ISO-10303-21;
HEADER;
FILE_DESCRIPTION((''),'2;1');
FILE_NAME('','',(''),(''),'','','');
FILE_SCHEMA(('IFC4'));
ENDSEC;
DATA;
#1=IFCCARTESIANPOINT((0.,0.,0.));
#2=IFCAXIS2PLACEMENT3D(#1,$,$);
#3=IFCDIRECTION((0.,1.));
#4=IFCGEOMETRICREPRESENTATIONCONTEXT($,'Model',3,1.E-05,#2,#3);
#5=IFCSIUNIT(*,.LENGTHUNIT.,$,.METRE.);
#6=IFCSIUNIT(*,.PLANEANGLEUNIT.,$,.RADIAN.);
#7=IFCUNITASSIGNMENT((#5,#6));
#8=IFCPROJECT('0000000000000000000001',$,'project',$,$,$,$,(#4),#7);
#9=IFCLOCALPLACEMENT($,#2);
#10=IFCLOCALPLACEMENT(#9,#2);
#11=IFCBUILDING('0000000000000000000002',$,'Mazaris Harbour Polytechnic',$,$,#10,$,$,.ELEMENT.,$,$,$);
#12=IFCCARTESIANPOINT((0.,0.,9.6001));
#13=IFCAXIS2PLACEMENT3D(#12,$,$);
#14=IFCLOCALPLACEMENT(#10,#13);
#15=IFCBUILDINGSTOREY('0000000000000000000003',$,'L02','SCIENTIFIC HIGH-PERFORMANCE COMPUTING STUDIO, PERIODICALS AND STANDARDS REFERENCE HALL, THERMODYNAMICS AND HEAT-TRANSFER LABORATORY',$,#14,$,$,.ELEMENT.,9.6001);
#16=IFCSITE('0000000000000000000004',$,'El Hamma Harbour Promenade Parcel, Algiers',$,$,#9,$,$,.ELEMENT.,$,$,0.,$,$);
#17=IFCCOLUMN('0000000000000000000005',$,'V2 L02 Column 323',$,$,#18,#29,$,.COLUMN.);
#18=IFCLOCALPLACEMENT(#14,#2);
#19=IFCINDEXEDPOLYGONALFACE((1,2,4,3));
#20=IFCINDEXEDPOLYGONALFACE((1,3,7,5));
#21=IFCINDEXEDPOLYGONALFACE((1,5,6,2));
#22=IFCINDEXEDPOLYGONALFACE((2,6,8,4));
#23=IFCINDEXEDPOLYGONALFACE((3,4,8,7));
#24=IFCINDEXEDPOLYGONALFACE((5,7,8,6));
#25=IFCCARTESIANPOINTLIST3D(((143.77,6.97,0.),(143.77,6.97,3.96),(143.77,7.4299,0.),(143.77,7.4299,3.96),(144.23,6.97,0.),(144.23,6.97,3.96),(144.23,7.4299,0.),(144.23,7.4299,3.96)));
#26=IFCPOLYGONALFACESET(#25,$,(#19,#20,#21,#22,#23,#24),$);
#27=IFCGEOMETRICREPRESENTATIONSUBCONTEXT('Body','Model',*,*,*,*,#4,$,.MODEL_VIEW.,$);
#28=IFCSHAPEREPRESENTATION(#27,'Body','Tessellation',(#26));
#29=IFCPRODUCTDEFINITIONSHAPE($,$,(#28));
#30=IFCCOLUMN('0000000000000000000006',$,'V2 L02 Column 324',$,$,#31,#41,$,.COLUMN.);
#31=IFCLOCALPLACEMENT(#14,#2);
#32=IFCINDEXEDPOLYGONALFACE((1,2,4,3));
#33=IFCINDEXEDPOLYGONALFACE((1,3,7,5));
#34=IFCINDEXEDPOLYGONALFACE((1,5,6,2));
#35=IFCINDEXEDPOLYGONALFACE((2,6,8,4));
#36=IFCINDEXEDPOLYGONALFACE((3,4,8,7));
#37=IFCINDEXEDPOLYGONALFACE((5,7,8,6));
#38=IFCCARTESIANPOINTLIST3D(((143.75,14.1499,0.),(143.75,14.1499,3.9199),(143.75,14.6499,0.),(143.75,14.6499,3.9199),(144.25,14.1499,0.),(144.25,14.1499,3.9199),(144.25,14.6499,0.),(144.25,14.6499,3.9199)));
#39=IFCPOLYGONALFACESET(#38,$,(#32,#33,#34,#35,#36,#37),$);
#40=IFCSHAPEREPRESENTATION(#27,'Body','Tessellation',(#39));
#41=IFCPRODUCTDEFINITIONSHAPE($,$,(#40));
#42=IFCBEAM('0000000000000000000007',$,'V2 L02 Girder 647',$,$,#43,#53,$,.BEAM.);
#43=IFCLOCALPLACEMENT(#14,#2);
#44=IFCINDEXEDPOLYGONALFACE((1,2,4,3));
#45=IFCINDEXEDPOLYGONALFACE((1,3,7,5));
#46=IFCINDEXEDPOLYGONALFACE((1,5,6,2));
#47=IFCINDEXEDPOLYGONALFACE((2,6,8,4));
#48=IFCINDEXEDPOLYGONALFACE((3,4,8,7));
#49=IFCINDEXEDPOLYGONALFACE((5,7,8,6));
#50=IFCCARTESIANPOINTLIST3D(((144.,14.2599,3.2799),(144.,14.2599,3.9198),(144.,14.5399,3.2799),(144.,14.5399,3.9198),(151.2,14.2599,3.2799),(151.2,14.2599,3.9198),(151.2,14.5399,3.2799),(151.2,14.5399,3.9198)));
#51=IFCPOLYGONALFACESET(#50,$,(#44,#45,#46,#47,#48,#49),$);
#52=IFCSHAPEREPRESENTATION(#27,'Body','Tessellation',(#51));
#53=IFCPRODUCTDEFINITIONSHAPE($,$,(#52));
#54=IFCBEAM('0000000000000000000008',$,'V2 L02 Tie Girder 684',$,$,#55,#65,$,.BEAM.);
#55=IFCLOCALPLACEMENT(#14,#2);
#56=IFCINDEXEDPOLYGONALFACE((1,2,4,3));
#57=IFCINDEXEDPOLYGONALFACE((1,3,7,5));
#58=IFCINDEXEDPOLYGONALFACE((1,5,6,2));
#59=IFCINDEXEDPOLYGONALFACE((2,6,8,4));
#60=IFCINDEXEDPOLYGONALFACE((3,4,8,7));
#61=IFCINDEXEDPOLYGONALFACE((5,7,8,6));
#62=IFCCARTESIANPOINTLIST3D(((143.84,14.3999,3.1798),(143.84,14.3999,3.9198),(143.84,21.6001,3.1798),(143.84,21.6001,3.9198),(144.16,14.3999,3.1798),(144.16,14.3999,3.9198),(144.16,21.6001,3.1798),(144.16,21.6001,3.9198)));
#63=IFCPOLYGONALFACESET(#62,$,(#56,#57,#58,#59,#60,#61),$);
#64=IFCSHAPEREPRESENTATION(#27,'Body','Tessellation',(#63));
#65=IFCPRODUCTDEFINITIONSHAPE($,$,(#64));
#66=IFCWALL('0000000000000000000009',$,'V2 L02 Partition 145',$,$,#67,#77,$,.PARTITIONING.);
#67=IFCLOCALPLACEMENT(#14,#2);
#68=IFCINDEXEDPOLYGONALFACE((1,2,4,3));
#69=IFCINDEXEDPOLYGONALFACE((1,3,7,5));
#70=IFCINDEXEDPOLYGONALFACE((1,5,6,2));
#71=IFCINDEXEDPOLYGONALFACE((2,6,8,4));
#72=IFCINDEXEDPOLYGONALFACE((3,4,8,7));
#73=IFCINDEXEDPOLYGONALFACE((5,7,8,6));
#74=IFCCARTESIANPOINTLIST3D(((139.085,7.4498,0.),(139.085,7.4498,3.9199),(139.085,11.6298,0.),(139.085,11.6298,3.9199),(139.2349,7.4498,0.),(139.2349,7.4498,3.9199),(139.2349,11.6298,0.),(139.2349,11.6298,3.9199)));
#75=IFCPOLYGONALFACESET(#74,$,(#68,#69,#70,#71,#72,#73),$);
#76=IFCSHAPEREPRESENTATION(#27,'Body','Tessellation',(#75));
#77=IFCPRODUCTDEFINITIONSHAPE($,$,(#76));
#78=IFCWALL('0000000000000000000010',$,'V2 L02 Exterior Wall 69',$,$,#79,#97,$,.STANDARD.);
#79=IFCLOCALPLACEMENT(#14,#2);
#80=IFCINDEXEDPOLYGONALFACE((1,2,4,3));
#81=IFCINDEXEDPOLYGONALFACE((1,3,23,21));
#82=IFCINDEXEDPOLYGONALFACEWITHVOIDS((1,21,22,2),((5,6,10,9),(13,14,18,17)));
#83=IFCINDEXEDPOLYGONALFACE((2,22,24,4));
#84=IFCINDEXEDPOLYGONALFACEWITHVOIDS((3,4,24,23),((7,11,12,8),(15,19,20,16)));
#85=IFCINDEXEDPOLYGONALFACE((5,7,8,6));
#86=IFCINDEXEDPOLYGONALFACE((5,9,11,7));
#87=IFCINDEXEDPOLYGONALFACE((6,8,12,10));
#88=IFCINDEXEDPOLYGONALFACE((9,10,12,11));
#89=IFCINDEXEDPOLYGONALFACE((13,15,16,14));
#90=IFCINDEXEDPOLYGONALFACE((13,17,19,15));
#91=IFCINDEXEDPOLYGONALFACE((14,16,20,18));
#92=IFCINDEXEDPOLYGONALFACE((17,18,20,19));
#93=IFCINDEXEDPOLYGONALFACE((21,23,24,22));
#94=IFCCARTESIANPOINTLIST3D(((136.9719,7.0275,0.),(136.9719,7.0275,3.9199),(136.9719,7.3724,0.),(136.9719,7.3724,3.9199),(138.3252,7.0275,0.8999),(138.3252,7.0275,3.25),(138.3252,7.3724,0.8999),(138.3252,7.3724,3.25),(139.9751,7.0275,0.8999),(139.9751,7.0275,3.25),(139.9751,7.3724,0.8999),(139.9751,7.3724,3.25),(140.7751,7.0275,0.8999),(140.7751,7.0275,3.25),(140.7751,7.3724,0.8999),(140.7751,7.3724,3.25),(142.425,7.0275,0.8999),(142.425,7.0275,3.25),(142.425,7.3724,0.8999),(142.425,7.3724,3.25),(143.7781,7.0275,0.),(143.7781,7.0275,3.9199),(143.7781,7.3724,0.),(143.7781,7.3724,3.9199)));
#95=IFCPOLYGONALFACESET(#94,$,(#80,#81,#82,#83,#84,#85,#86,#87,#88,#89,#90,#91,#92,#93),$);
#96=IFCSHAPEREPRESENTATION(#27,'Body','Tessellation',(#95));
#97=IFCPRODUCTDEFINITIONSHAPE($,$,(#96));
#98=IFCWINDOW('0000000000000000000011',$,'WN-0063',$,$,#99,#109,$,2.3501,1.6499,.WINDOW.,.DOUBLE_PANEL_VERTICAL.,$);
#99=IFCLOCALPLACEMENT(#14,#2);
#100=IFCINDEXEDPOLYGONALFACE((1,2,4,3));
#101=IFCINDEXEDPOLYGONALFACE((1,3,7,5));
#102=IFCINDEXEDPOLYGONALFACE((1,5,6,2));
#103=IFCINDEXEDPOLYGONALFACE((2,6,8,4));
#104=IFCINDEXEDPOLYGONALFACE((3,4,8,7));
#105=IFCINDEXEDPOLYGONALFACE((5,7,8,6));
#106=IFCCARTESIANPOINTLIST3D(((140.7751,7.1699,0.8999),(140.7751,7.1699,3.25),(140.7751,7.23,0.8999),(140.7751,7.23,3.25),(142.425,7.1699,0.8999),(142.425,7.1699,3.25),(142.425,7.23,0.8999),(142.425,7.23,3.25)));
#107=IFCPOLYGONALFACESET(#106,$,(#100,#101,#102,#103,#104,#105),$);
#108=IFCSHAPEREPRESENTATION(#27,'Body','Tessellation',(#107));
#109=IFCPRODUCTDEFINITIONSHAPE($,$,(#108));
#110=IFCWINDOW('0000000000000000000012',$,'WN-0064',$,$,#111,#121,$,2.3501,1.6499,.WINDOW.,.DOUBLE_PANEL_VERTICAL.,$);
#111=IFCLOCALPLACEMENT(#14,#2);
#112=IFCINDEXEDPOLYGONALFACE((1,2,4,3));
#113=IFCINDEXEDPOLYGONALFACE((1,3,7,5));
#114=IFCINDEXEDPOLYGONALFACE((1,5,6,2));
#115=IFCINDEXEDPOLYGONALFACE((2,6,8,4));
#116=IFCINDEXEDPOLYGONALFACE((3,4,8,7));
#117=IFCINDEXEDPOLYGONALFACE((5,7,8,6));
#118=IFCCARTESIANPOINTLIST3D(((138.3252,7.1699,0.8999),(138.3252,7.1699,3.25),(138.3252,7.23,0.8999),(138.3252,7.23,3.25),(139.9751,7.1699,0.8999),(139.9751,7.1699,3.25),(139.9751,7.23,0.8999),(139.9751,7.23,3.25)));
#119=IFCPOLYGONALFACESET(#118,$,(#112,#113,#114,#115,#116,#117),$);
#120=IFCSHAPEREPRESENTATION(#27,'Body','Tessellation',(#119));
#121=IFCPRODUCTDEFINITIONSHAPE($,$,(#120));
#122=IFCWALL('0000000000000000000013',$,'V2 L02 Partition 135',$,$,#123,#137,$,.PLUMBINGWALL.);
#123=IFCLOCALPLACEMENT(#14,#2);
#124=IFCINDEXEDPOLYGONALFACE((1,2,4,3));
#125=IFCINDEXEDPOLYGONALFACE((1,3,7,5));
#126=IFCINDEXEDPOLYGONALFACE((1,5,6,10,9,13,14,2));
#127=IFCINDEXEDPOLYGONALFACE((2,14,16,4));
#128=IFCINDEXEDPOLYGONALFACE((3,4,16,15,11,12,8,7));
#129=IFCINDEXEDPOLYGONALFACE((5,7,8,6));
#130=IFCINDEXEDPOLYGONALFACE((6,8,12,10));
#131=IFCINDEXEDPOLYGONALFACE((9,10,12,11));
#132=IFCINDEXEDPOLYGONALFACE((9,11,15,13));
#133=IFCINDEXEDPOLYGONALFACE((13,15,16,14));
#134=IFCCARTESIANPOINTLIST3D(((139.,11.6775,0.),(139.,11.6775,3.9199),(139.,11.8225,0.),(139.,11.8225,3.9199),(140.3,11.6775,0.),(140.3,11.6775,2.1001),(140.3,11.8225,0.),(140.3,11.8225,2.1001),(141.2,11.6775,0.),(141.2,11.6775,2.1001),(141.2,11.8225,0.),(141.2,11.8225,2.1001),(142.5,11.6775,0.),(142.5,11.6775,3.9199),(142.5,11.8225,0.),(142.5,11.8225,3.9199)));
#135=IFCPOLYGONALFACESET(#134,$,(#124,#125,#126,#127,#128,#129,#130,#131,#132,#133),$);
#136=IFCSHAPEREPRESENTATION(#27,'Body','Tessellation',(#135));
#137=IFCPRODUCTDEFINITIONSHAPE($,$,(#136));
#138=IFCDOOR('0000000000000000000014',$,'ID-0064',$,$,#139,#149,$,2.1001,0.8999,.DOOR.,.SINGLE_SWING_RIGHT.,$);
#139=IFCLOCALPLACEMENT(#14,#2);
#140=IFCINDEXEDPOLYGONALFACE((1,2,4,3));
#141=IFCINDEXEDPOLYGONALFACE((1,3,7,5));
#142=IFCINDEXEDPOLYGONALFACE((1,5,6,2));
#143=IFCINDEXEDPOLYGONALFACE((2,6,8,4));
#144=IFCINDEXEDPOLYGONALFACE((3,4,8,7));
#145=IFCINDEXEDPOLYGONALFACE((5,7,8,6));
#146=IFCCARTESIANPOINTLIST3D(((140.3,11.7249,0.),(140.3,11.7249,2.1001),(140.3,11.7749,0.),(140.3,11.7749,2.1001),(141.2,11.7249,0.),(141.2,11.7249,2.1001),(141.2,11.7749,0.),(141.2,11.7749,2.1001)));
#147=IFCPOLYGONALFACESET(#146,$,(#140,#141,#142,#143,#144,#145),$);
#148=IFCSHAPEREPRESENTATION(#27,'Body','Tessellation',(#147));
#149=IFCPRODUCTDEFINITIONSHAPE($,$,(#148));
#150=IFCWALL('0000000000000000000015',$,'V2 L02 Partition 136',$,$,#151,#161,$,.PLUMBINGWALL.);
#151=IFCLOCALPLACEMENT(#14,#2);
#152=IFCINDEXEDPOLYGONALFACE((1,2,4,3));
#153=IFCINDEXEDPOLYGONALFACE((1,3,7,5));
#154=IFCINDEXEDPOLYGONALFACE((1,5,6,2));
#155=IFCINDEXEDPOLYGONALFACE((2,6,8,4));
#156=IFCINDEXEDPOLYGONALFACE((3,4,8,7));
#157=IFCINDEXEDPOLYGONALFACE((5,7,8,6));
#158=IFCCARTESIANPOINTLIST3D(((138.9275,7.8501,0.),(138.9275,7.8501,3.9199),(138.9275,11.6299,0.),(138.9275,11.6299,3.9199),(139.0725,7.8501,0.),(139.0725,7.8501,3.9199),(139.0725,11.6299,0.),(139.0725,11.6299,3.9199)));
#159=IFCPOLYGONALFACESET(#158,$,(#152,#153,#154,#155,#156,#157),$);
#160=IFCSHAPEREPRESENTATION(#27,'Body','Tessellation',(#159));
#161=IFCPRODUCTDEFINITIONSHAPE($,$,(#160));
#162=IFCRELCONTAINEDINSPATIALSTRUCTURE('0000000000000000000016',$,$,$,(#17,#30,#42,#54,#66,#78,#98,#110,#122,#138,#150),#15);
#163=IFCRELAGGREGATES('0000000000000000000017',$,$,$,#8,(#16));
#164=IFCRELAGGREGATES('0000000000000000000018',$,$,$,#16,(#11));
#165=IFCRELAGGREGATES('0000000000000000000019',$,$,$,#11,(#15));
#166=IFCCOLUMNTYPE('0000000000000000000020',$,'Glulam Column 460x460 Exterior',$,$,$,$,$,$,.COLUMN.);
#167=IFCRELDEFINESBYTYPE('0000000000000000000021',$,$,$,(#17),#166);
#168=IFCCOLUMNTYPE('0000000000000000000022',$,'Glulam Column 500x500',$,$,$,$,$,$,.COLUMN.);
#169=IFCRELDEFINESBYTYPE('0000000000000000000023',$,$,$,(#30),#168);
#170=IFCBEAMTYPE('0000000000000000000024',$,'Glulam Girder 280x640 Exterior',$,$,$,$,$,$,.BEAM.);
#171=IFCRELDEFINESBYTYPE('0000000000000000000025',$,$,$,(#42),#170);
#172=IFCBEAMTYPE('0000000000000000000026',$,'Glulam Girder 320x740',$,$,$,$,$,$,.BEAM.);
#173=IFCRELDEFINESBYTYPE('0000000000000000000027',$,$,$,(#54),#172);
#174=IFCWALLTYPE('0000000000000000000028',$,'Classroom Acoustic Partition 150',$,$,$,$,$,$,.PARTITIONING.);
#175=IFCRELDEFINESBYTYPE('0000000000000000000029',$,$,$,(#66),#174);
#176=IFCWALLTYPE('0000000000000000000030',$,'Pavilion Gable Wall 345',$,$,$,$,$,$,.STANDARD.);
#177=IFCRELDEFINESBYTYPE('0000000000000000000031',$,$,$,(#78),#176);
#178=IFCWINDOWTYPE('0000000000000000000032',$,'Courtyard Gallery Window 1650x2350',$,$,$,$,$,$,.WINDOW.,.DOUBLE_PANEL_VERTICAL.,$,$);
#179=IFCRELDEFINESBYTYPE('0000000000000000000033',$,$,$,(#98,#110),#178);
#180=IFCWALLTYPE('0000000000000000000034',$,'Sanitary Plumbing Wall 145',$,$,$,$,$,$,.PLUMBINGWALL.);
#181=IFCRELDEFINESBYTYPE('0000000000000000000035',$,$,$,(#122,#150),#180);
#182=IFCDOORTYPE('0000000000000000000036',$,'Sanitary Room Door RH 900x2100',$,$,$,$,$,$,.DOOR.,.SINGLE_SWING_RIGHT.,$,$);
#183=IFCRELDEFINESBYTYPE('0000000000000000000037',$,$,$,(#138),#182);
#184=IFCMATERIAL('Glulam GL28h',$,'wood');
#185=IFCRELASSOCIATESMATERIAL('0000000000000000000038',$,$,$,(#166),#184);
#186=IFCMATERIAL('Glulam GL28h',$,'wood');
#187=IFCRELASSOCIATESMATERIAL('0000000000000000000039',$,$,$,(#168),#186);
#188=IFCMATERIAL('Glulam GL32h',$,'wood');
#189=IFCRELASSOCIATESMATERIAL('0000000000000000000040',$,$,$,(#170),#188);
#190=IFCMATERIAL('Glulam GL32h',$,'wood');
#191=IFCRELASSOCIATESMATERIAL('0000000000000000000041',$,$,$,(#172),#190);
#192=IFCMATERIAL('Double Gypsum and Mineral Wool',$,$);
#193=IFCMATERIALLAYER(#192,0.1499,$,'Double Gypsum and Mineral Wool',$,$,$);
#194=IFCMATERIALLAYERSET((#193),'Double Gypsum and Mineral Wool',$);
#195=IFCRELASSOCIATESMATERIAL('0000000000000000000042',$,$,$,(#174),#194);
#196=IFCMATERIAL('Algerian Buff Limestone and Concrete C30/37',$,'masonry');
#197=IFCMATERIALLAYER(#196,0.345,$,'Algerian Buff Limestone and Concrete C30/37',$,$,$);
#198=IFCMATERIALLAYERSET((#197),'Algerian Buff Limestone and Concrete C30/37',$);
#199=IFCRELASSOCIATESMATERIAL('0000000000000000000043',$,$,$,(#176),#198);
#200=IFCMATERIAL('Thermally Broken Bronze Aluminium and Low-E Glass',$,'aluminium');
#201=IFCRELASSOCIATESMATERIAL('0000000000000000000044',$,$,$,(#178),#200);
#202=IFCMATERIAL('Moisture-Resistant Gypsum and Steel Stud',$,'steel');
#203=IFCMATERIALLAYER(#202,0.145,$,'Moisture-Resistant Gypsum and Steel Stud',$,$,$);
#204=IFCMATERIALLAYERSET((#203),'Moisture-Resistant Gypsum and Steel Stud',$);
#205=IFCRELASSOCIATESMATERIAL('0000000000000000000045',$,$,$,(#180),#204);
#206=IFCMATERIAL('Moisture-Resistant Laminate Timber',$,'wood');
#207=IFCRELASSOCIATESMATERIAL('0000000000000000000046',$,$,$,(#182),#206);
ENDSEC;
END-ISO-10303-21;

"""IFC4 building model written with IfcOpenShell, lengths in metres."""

from ifc_helpers import new_model, si_unit, direction, frame, frame_2d, origin, origin_2d, place, context, subcontext, project, spatial, rectangle, extrude, material, layer, layer_set, material_profile, profile_set, type_object, element, fill, save


model = new_model("IFC4")

# Units and contexts
model_context = context("Model", 3, precision=1e-05, world=origin(), true_north=direction((0.0, 1.0)))
body_context = subcontext(model_context, "Body", "Model", "MODEL_VIEW")
ifc_project = project(units=[si_unit("LENGTHUNIT", "METRE"), si_unit("PLANEANGLEUNIT", "RADIAN")], contexts=[model_context])

# Site, building, storey
site_placement = place(None, origin())
site = spatial("IfcSite", under=ifc_project, at=site_placement, Name="El Hamma Harbour Promenade Parcel, Algiers", CompositionType="ELEMENT", RefElevation=0.0)
building_placement = place(site_placement, origin())
building = spatial("IfcBuilding", under=site, at=building_placement, Name="Mazaris Harbour Polytechnic", CompositionType="ELEMENT")
storey_placement = place(building_placement, frame((0.0, 0.0, 9.6001)))
storey = spatial("IfcBuildingStorey", under=building, at=storey_placement, Name="L02", Description="SCIENTIFIC HIGH-PERFORMANCE COMPUTING STUDIO, PERIODICALS AND STANDARDS REFERENCE HALL, THERMODYNAMICS AND HEAT-TRANSFER LABORATORY", CompositionType="ELEMENT", Elevation=9.6001)

# Columns
ifc_material_1 = material(Name="Glulam GL28h", Category="wood")
ifc_material_profile_1 = material_profile(ifc_material_1, rectangle(XDim=0.46, YDim=0.46, at=origin_2d()), Name="RECT460x460")
ifc_profile_set_1 = profile_set([ifc_material_profile_1], Name="Glulam GL28h")
column_type_1 = type_object("IfcColumnType", Name="Glulam Column 460x460 Exterior", PredefinedType="COLUMN", material=ifc_profile_set_1)
column_1_placement = place(storey_placement, frame((144.0, 7.2, 0.0), z_axis=(0.0, 0.0, 1.0), x_axis=(1.0, 0.0, 0.0)))
element("IfcColumn", 1, at=column_1_placement, inside=storey, type_object=column_type_1, Name="V2 L02 Column 323", PredefinedType="COLUMN", context=body_context, shape_type="SweptSolid", body=[
    extrude(rectangle(XDim=0.46, YDim=0.46, at=origin_2d()), origin(), (0.0, 0.0, 1.0), 3.96),
])
ifc_material_2 = material(Name="Glulam GL28h", Category="wood")
ifc_material_profile_2 = material_profile(ifc_material_2, rectangle(XDim=0.5, YDim=0.5, at=origin_2d()), Name="RECT500x500")
ifc_profile_set_2 = profile_set([ifc_material_profile_2], Name="Glulam GL28h")
column_type_2 = type_object("IfcColumnType", Name="Glulam Column 500x500", PredefinedType="COLUMN", material=ifc_profile_set_2)
column_2_placement = place(storey_placement, frame((144.0, 14.3999, 0.0), z_axis=(0.0, 0.0, 1.0), x_axis=(1.0, 0.0, 0.0)))
element("IfcColumn", 2, at=column_2_placement, inside=storey, type_object=column_type_2, Name="V2 L02 Column 324", PredefinedType="COLUMN", context=body_context, shape_type="SweptSolid", body=[
    extrude(rectangle(XDim=0.5, YDim=0.5, at=origin_2d()), origin(), (0.0, 0.0, 1.0), 3.9199),
])

# Beams
ifc_material_3 = material(Name="Glulam GL32h", Category="wood")
ifc_material_profile_3 = material_profile(ifc_material_3, rectangle(XDim=0.28, YDim=0.6399, at=origin_2d()), Name="RECT280x640")
ifc_profile_set_3 = profile_set([ifc_material_profile_3], Name="Glulam GL32h")
beam_type_1 = type_object("IfcBeamType", Name="Glulam Girder 280x640 Exterior", PredefinedType="BEAM", material=ifc_profile_set_3)
beam_1_placement = place(storey_placement, frame((144.0, 14.3999, 3.5999), z_axis=(1.0, 0.0, 0.0), x_axis=(0.0, 1.0, 0.0)))
element("IfcBeam", 3, at=beam_1_placement, inside=storey, type_object=beam_type_1, Name="V2 L02 Girder 647", PredefinedType="BEAM", context=body_context, shape_type="SweptSolid", body=[
    extrude(rectangle(XDim=0.28, YDim=0.6399, at=origin_2d()), origin(), (0.0, 0.0, 1.0), 7.2),
])
ifc_material_4 = material(Name="Glulam GL32h", Category="wood")
ifc_material_profile_4 = material_profile(ifc_material_4, rectangle(XDim=0.3201, YDim=0.74, at=origin_2d()), Name="RECT320x740")
ifc_profile_set_4 = profile_set([ifc_material_profile_4], Name="Glulam GL32h")
beam_type_2 = type_object("IfcBeamType", Name="Glulam Girder 320x740", PredefinedType="BEAM", material=ifc_profile_set_4)
beam_2_placement = place(storey_placement, frame((144.0, 14.3999, 3.5498), z_axis=(0.0, 1.0, 0.0), x_axis=(-1.0, 0.0, 0.0)))
element("IfcBeam", 4, at=beam_2_placement, inside=storey, type_object=beam_type_2, Name="V2 L02 Tie Girder 684", PredefinedType="BEAM", context=body_context, shape_type="SweptSolid", body=[
    extrude(rectangle(XDim=0.3201, YDim=0.74, at=origin_2d()), origin(), (0.0, 0.0, 1.0), 7.2002),
])

# Wall
ifc_material_5 = material(Name="Double Gypsum and Mineral Wool")
ifc_layer_1 = layer(ifc_material_5, 0.1499, Name="Double Gypsum and Mineral Wool")
ifc_layer_set_1 = layer_set([ifc_layer_1], Name="Double Gypsum and Mineral Wool")
wall_type_1 = type_object("IfcWallType", Name="Classroom Acoustic Partition 150", PredefinedType="PARTITIONING", material=ifc_layer_set_1)
wall_1_placement = place(storey_placement, frame((139.1599, 7.45, 0.0), z_axis=(0.0, 0.0, 1.0), x_axis=(0.0, 1.0, 0.0)))
element("IfcWall", 5, at=wall_1_placement, inside=storey, type_object=wall_type_1, Name="V2 L02 Partition 145", PredefinedType="PARTITIONING", context=body_context, shape_type="SweptSolid", body=[
    extrude(rectangle(XDim=4.1799, YDim=0.1499, at=frame_2d((2.0898, 0.0))), origin(), (0.0, 0.0, 1.0), 3.9199),
])

# Wall, openings, windows
ifc_material_6 = material(Name="Algerian Buff Limestone and Concrete C30/37", Category="masonry")
ifc_layer_2 = layer(ifc_material_6, 0.345, Name="Algerian Buff Limestone and Concrete C30/37")
ifc_layer_set_2 = layer_set([ifc_layer_2], Name="Algerian Buff Limestone and Concrete C30/37")
wall_type_2 = type_object("IfcWallType", Name="Pavilion Gable Wall 345", PredefinedType="STANDARD", material=ifc_layer_set_2)
wall_2_placement = place(storey_placement, frame((143.7781, 7.2, 0.0), z_axis=(0.0, 0.0, 1.0), x_axis=(-1.0, 0.0, 0.0)))
wall_2 = element("IfcWall", 6, at=wall_2_placement, inside=storey, type_object=wall_type_2, Name="V2 L02 Exterior Wall 69", PredefinedType="STANDARD", context=body_context, shape_type="SweptSolid", body=[
    extrude(rectangle(XDim=6.8062, YDim=0.345, at=frame_2d((3.4031, 0.0))), origin(), (0.0, 0.0, 1.0), 3.9199),
])
opening_1_placement = place(wall_2_placement, frame((1.353, 0.0, 0.8999)))
opening_1 = element("IfcOpeningElement", 7, at=opening_1_placement, cuts=wall_2, PredefinedType="OPENING", context=body_context, shape_type="SweptSolid", body=[
    extrude(rectangle(XDim=1.6499, YDim=2.3501, at=frame_2d((0.825, 1.175))), frame((0.0, 0.1824, 0.0), z_axis=(0.0, -1.0, 0.0), x_axis=(1.0, 0.0, 0.0)), (0.0, 0.0, 1.0), 0.365),
])
opening_2_placement = place(wall_2_placement, frame((3.803, 0.0, 0.8999)))
opening_2 = element("IfcOpeningElement", 8, at=opening_2_placement, cuts=wall_2, PredefinedType="OPENING", context=body_context, shape_type="SweptSolid", body=[
    extrude(rectangle(XDim=1.6499, YDim=2.3501, at=frame_2d((0.825, 1.175))), frame((0.0, 0.1824, 0.0), z_axis=(0.0, -1.0, 0.0), x_axis=(1.0, 0.0, 0.0)), (0.0, 0.0, 1.0), 0.365),
])
ifc_material_7 = material(Name="Thermally Broken Bronze Aluminium and Low-E Glass", Category="aluminium")
window_type = type_object("IfcWindowType", Name="Courtyard Gallery Window 1650x2350", PartitioningType="DOUBLE_PANEL_VERTICAL", PredefinedType="WINDOW", material=ifc_material_7)
window_1_placement = place(opening_1_placement, origin())
window_1 = element("IfcWindow", 9, at=window_1_placement, inside=storey, type_object=window_type, Name="WN-0063", OverallHeight=2.3501, OverallWidth=1.6499, PartitioningType="DOUBLE_PANEL_VERTICAL", PredefinedType="WINDOW", context=body_context, shape_type="SweptSolid", body=[
    extrude(rectangle(XDim=1.6499, YDim=2.3501, at=frame_2d((0.825, 1.175))), frame((0.0, 0.03, 0.0), z_axis=(0.0, -1.0, 0.0), x_axis=(1.0, 0.0, 0.0)), (0.0, 0.0, 1.0), 0.0601),
])
fill(opening_1, window_1)
window_2_placement = place(opening_2_placement, origin())
window_2 = element("IfcWindow", 10, at=window_2_placement, inside=storey, type_object=window_type, Name="WN-0064", OverallHeight=2.3501, OverallWidth=1.6499, PartitioningType="DOUBLE_PANEL_VERTICAL", PredefinedType="WINDOW", context=body_context, shape_type="SweptSolid", body=[
    extrude(rectangle(XDim=1.6499, YDim=2.3501, at=frame_2d((0.825, 1.175))), frame((0.0, 0.03, 0.0), z_axis=(0.0, -1.0, 0.0), x_axis=(1.0, 0.0, 0.0)), (0.0, 0.0, 1.0), 0.0601),
])
fill(opening_2, window_2)

# Wall, opening, door
ifc_material_8 = material(Name="Moisture-Resistant Gypsum and Steel Stud", Category="steel")
ifc_layer_3 = layer(ifc_material_8, 0.145, Name="Moisture-Resistant Gypsum and Steel Stud")
ifc_layer_set_3 = layer_set([ifc_layer_3], Name="Moisture-Resistant Gypsum and Steel Stud")
wall_type_3 = type_object("IfcWallType", Name="Sanitary Plumbing Wall 145", PredefinedType="PLUMBINGWALL", material=ifc_layer_set_3)
wall_3_placement = place(storey_placement, frame((139.0, 11.75, 0.0), z_axis=(0.0, 0.0, 1.0), x_axis=(1.0, 0.0, 0.0)))
wall_3 = element("IfcWall", 11, at=wall_3_placement, inside=storey, type_object=wall_type_3, Name="V2 L02 Partition 135", PredefinedType="PLUMBINGWALL", context=body_context, shape_type="SweptSolid", body=[
    extrude(rectangle(XDim=3.5, YDim=0.145, at=frame_2d((1.75, 0.0))), origin(), (0.0, 0.0, 1.0), 3.9199),
])
opening_3_placement = place(wall_3_placement, frame((1.3, 0.0, 0.0)))
opening_3 = element("IfcOpeningElement", 12, at=opening_3_placement, cuts=wall_3, PredefinedType="OPENING", context=body_context, shape_type="SweptSolid", body=[
    extrude(rectangle(XDim=0.8999, YDim=2.1001, at=frame_2d((0.45, 1.05))), frame((0.0, 0.0825, 0.0), z_axis=(0.0, -1.0, 0.0), x_axis=(1.0, 0.0, 0.0)), (0.0, 0.0, 1.0), 0.165),
])
ifc_material_9 = material(Name="Moisture-Resistant Laminate Timber", Category="wood")
door_type = type_object("IfcDoorType", Name="Sanitary Room Door RH 900x2100", OperationType="SINGLE_SWING_RIGHT", PredefinedType="DOOR", material=ifc_material_9)
door_1_placement = place(opening_3_placement, origin())
door_1 = element("IfcDoor", 13, at=door_1_placement, inside=storey, type_object=door_type, Name="ID-0064", OperationType="SINGLE_SWING_RIGHT", OverallHeight=2.1001, OverallWidth=0.8999, PredefinedType="DOOR", context=body_context, shape_type="SweptSolid", body=[
    extrude(rectangle(XDim=0.8999, YDim=2.1001, at=frame_2d((0.45, 1.05))), frame((0.0, 0.0249, 0.0), z_axis=(0.0, -1.0, 0.0), x_axis=(1.0, 0.0, 0.0)), (0.0, 0.0, 1.0), 0.05),
])
fill(opening_3, door_1)

# Wall
for number, where, z_axis, x_axis, name in (
    (14, (139.0, 7.8501, 0.0), (0.0, 0.0, 1.0), (0.0, 1.0, 0.0), "V2 L02 Partition 136"),
):
    element("IfcWall", number, at=place(storey_placement, frame(where, z_axis=z_axis, x_axis=x_axis)), inside=storey, type_object=wall_type_3, Name=name, PredefinedType="PLUMBINGWALL", context=body_context, shape_type="SweptSolid", body=[
        extrude(rectangle(XDim=3.7798, YDim=0.145, at=frame_2d((1.8899, 0.0))), origin(), (0.0, 0.0, 1.0), 3.9199),
    ])

save(model, "model.ifc")
